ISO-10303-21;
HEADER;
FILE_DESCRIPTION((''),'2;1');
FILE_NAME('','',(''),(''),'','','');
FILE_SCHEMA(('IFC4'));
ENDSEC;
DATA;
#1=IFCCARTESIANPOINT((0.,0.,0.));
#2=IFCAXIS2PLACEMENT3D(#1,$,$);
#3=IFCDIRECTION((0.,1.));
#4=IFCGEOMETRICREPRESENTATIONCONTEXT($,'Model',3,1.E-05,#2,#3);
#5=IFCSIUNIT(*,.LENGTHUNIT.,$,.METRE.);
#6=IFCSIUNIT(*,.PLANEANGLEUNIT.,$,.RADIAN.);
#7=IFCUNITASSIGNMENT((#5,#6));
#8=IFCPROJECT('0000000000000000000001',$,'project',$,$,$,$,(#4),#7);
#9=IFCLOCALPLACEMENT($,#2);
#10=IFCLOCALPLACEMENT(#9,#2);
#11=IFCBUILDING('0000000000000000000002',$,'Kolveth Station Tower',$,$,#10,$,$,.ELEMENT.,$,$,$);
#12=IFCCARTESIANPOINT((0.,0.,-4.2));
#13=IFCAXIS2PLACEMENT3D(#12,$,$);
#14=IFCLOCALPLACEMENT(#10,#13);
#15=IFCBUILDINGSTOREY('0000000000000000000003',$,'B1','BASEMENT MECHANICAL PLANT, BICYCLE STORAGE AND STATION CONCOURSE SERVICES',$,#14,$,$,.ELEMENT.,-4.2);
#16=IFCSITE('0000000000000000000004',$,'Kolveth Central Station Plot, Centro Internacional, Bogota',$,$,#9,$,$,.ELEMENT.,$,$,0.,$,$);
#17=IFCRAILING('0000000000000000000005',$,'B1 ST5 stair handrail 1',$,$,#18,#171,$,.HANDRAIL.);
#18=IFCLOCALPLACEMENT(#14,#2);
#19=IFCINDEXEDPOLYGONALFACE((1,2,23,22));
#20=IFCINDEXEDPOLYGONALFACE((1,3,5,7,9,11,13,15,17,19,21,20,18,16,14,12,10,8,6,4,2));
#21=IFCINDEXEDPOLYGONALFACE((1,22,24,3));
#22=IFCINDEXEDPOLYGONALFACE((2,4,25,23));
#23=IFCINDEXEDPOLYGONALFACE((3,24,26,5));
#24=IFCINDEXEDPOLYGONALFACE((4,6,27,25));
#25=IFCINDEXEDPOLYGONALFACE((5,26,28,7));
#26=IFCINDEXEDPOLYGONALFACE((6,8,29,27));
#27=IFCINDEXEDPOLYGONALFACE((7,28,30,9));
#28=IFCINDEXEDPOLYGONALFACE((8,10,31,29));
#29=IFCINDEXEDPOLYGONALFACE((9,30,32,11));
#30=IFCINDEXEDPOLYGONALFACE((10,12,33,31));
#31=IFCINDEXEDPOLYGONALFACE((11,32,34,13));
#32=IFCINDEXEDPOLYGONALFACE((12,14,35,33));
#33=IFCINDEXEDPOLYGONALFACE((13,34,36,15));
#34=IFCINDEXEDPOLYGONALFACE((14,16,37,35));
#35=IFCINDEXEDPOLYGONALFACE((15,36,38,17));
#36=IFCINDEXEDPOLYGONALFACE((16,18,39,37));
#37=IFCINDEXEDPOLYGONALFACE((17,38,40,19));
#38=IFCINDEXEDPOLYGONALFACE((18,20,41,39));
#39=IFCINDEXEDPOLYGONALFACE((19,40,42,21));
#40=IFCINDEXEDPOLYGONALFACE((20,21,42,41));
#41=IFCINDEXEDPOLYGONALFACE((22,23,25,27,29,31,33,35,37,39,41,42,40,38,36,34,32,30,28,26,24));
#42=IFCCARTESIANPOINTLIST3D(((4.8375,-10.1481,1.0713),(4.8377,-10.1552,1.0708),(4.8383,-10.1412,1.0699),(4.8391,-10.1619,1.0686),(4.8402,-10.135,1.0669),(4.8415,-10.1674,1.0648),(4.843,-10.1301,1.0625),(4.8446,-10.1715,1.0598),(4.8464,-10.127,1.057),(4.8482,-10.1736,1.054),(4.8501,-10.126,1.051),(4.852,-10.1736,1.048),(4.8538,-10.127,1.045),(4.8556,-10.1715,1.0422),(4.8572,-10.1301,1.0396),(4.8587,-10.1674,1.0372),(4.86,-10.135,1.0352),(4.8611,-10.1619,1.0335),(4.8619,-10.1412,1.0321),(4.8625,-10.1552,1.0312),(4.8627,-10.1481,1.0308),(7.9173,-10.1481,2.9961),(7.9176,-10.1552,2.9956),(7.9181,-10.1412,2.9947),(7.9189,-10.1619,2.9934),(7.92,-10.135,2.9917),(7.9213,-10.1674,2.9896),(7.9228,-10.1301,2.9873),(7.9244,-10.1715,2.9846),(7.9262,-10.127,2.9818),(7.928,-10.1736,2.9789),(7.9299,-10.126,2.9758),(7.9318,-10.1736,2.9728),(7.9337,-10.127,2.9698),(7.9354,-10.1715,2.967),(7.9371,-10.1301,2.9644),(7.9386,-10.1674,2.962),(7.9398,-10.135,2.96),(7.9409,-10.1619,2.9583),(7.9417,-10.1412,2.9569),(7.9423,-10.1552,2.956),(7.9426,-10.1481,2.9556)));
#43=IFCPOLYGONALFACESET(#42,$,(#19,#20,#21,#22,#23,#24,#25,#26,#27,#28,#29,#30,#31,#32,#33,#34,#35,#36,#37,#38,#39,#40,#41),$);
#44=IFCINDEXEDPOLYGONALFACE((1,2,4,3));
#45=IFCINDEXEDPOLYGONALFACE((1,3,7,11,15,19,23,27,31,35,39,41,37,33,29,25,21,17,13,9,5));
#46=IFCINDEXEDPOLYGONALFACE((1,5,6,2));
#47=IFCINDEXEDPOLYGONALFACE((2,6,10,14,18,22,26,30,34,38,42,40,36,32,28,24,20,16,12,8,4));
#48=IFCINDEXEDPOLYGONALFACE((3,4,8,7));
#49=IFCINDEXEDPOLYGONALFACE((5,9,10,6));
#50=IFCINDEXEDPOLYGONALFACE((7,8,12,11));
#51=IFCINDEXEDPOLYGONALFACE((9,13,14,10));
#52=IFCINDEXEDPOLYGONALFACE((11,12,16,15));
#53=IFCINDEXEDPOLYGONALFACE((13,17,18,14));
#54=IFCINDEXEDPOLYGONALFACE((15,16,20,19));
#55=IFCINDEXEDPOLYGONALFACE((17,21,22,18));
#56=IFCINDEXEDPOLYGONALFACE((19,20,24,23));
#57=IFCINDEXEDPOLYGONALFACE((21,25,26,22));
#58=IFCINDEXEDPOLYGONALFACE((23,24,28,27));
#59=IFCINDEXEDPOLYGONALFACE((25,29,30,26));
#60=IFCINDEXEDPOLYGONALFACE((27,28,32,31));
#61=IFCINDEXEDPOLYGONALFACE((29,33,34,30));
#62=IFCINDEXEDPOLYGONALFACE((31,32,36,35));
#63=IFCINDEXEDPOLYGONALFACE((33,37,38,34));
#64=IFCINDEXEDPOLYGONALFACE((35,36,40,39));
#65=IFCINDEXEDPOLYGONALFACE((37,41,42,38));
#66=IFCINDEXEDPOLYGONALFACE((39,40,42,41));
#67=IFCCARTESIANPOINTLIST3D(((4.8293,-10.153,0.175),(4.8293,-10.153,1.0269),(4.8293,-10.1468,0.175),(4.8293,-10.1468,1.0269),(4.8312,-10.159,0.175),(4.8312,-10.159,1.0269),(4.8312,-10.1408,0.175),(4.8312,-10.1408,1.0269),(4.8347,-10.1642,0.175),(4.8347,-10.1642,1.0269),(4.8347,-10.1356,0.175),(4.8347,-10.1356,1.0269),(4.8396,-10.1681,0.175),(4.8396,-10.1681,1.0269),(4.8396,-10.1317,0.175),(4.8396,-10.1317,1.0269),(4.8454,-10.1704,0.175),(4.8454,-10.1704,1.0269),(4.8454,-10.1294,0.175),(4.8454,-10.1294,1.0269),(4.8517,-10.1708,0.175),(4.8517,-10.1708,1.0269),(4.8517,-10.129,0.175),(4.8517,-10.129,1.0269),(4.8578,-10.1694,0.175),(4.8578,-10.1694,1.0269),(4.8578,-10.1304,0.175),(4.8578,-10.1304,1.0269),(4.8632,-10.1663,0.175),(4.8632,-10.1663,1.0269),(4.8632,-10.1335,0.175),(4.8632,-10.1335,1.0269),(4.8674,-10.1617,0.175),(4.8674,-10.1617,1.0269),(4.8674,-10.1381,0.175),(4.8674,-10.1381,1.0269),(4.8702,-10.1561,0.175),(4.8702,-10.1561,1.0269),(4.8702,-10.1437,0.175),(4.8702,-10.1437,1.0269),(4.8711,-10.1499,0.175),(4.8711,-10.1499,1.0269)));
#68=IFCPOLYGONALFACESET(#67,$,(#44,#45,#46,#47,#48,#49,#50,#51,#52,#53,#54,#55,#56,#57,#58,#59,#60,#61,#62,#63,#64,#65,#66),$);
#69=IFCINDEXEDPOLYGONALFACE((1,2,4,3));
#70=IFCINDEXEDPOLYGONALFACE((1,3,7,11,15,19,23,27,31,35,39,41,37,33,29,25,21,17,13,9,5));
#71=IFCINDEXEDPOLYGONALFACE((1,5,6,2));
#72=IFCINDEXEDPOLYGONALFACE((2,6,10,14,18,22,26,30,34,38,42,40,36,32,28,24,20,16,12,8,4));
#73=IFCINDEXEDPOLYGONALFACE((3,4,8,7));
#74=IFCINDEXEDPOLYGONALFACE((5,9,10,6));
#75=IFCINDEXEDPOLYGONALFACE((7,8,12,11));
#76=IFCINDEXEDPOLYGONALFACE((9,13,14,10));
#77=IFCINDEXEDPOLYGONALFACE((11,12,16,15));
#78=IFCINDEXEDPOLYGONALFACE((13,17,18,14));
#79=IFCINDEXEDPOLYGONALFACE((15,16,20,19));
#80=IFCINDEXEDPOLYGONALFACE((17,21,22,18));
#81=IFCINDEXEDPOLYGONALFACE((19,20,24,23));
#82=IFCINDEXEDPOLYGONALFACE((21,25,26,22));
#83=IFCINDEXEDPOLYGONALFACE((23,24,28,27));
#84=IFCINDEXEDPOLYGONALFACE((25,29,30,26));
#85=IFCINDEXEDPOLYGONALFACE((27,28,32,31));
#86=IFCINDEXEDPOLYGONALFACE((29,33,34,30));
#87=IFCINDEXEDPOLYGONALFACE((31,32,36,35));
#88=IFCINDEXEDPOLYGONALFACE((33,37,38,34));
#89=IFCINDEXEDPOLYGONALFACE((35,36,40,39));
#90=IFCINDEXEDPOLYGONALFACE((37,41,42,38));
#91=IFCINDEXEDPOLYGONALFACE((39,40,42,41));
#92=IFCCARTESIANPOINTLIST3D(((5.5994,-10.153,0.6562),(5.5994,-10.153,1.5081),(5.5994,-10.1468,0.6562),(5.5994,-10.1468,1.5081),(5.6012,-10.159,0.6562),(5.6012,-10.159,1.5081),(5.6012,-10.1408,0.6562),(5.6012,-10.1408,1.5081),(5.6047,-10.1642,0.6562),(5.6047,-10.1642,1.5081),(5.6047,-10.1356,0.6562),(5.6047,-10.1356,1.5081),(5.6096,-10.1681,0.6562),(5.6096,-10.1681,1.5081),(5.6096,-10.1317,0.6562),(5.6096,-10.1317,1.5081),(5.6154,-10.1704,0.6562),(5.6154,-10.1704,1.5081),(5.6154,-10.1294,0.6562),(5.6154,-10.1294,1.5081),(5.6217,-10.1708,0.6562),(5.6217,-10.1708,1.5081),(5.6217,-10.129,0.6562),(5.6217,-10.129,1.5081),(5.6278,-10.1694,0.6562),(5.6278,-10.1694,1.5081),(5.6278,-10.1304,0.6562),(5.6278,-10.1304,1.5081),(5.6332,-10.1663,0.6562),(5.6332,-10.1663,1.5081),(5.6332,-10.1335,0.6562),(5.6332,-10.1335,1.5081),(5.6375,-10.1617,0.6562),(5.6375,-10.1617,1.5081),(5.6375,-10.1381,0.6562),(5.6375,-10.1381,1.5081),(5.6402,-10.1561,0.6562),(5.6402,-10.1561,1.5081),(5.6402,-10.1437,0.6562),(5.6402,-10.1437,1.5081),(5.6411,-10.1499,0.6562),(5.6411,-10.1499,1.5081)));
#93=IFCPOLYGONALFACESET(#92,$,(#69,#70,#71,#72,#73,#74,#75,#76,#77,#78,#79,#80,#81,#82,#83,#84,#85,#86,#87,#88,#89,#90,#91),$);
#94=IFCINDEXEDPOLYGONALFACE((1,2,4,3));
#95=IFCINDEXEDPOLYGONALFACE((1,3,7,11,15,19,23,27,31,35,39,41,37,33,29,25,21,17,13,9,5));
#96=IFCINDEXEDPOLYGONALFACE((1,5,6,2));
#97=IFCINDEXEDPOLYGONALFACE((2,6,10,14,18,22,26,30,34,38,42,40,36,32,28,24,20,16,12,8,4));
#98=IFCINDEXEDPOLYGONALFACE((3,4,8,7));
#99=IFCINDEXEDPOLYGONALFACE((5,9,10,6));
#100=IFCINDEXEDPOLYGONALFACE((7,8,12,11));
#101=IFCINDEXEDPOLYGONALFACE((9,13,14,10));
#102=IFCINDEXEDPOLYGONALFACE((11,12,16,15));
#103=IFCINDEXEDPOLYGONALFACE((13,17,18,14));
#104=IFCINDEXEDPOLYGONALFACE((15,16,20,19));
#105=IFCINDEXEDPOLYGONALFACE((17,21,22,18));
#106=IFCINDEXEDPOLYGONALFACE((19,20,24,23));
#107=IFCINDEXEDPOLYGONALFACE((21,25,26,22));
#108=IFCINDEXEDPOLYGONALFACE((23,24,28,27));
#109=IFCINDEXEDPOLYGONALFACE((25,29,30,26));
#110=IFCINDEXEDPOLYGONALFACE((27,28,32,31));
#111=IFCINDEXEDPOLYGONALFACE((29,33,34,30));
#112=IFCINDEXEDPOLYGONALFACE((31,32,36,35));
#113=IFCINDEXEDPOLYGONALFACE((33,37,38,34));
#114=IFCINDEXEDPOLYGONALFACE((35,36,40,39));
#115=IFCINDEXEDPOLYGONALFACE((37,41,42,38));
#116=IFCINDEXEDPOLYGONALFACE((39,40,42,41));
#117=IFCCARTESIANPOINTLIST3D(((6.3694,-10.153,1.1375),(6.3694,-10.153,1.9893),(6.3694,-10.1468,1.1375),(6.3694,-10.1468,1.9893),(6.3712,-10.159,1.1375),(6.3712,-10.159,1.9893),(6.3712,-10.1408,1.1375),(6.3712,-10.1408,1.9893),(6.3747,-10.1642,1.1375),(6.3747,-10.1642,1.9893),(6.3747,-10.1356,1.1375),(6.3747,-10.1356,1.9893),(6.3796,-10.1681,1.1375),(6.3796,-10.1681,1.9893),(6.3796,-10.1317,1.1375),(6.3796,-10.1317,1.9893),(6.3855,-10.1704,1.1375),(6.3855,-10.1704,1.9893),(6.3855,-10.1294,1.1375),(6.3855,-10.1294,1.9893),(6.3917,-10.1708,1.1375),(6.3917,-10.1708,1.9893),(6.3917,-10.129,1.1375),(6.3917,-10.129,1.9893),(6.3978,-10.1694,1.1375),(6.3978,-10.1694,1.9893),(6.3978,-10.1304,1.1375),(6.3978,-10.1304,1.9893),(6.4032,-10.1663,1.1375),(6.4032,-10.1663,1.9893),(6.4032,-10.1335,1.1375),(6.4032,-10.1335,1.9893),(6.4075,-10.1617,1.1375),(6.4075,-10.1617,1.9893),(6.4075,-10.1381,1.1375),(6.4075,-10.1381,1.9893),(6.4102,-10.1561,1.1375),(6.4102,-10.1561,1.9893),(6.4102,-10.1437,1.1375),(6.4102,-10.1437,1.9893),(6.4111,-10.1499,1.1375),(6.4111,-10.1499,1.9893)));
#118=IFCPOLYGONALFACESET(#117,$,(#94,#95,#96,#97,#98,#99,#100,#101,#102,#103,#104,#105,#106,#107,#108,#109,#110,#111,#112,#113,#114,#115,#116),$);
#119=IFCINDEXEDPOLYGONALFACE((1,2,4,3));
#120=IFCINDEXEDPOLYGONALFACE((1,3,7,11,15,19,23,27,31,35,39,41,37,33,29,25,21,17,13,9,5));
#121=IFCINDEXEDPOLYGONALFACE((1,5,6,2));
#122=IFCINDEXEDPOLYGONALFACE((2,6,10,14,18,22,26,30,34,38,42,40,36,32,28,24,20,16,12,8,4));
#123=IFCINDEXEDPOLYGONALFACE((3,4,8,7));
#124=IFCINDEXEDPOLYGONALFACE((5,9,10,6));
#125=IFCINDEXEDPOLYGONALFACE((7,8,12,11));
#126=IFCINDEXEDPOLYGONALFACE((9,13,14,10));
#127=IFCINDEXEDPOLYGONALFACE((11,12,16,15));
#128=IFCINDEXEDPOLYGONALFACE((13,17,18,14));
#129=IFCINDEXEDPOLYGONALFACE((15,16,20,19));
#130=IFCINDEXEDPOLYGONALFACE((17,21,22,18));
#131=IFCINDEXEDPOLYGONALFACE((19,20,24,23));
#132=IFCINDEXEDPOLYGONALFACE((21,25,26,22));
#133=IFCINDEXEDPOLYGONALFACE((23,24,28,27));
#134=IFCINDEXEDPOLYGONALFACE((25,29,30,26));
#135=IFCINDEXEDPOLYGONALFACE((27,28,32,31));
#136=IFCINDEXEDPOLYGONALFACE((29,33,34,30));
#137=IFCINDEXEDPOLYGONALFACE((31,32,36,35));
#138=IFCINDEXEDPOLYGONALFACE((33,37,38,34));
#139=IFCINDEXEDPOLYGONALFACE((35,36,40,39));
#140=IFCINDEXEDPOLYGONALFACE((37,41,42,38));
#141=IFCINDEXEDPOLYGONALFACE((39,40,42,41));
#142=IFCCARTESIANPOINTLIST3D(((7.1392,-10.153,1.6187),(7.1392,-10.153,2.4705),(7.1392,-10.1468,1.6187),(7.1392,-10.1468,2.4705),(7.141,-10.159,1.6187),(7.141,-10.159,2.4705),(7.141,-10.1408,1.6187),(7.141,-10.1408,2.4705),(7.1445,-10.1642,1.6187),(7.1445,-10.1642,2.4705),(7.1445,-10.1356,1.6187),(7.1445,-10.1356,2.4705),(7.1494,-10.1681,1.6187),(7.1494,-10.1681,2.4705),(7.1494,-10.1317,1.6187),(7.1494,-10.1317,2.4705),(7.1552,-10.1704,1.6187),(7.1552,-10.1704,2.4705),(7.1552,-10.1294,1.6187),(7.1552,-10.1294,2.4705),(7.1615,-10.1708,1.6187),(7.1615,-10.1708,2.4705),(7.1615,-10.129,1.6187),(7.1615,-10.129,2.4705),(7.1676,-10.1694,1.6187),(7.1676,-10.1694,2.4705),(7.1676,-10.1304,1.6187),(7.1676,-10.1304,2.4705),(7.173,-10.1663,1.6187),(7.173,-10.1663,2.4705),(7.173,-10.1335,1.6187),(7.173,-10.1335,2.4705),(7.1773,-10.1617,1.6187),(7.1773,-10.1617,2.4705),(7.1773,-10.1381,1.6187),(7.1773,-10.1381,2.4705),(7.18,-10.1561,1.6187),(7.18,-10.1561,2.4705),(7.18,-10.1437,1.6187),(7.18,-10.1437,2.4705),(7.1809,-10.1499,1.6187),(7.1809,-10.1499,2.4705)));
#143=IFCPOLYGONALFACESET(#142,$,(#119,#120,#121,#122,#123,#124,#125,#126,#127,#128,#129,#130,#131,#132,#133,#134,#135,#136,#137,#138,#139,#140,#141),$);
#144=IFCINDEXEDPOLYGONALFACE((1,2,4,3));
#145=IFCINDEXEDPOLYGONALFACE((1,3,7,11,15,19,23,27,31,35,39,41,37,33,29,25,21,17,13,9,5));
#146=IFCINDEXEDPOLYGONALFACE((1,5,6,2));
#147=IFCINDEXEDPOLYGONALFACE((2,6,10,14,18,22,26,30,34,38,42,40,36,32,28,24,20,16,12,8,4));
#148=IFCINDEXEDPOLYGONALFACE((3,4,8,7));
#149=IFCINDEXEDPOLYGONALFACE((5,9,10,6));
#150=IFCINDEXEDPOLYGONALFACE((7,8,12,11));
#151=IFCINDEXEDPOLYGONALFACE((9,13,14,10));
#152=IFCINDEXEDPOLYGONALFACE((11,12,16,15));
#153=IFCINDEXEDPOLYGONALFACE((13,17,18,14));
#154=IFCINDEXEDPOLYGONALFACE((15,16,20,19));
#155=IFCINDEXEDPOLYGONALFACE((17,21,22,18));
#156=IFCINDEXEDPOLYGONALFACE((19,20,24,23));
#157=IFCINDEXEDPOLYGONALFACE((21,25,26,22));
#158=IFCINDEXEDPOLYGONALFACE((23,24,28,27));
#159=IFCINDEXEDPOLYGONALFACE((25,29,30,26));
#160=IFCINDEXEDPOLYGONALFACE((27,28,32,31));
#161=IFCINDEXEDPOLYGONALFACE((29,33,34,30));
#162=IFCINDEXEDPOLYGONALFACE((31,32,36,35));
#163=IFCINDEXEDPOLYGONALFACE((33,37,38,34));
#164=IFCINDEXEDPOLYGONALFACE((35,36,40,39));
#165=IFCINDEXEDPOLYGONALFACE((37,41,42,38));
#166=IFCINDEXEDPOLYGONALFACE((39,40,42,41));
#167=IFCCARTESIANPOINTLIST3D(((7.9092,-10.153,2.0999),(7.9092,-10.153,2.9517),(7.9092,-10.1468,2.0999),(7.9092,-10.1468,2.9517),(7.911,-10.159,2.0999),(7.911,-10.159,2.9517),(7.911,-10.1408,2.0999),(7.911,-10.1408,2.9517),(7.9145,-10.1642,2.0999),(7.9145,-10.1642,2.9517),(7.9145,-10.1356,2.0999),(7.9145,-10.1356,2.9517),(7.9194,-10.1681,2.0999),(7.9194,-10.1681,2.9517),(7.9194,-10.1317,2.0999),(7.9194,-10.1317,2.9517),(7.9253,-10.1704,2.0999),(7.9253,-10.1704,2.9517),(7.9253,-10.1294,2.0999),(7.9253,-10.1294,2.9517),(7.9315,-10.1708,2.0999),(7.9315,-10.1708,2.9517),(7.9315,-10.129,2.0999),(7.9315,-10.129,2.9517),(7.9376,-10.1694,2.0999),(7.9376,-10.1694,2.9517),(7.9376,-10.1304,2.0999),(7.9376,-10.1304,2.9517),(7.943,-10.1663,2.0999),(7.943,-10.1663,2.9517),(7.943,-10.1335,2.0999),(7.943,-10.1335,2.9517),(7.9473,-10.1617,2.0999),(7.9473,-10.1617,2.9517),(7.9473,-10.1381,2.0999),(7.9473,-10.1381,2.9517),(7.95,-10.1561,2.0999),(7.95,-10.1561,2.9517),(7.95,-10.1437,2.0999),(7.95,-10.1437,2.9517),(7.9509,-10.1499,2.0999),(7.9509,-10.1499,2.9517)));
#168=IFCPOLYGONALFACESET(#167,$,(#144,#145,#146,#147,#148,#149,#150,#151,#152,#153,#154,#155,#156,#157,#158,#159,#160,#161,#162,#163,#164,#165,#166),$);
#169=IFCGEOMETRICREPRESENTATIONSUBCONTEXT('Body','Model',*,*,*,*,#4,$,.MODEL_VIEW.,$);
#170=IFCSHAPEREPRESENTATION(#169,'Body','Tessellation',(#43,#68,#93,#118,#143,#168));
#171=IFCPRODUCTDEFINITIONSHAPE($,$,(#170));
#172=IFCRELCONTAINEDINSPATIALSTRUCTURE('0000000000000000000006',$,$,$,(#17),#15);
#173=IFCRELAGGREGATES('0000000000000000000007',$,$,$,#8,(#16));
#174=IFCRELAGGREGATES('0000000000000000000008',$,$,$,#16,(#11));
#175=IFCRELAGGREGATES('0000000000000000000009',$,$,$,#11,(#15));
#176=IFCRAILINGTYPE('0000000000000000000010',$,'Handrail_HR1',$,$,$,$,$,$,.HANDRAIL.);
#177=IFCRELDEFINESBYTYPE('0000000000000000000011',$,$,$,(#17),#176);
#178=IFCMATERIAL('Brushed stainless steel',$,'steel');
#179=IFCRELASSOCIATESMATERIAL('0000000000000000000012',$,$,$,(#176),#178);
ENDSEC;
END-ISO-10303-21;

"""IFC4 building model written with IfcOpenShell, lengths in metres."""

from ifc_helpers import new_model, si_unit, direction, frame, origin, origin_2d, place, context, subcontext, project, spatial, circle, extrude, material, type_object, element, save


model = new_model("IFC4")

# Units and contexts
model_context = context("Model", 3, precision=1e-05, world=origin(), true_north=direction((0.0, 1.0)))
body_context = subcontext(model_context, "Body", "Model", "MODEL_VIEW")
ifc_project = project(units=[si_unit("LENGTHUNIT", "METRE"), si_unit("PLANEANGLEUNIT", "RADIAN")], contexts=[model_context])

# Site, building, storey
site_placement = place(None, origin())
site = spatial("IfcSite", under=ifc_project, at=site_placement, Name="Kolveth Central Station Plot, Centro Internacional, Bogota", CompositionType="ELEMENT", RefElevation=0.0)
building_placement = place(site_placement, origin())
building = spatial("IfcBuilding", under=site, at=building_placement, Name="Kolveth Station Tower", CompositionType="ELEMENT")
storey_placement = place(building_placement, frame((0.0, 0.0, -4.2)))
storey = spatial("IfcBuildingStorey", under=building, at=storey_placement, Name="B1", Description="BASEMENT MECHANICAL PLANT, BICYCLE STORAGE AND STATION CONCOURSE SERVICES", CompositionType="ELEMENT", Elevation=-4.2)

# Railing
ifc_material_1 = material(Name="Brushed stainless steel", Category="steel")
railing_type_1 = type_object("IfcRailingType", Name="Handrail_HR1", PredefinedType="HANDRAIL", material=ifc_material_1)
railing_1_placement = place(storey_placement, frame((4.8501, -10.1499, 0.175)))
element("IfcRailing", 1, at=railing_1_placement, inside=storey, type_object=railing_type_1, Name="B1 ST5 stair handrail 1", PredefinedType="HANDRAIL", context=body_context, shape_type="SweptSolid", body=[
    extrude(circle(Radius=0.0239, at=origin_2d()), frame((0.0, 0.0, 0.876), z_axis=(0.84801, 0.0, 0.529981), x_axis=(0.0, 1.0, 0.0)), (0.0, 0.0, 1.0), 3.6318),
    extrude(circle(Radius=0.021, at=origin_2d()), origin(), (0.0, 0.0, 1.0), 0.8518),
    extrude(circle(Radius=0.021, at=origin_2d()), frame((0.77, 0.0, 0.4812)), (0.0, 0.0, 1.0), 0.8518),
    extrude(circle(Radius=0.021, at=origin_2d()), frame((1.54, 0.0, 0.9624)), (0.0, 0.0, 1.0), 0.8518),
    extrude(circle(Radius=0.021, at=origin_2d()), frame((2.3098, 0.0, 1.4436)), (0.0, 0.0, 1.0), 0.8518),
    extrude(circle(Radius=0.021, at=origin_2d()), frame((3.0798, 0.0, 1.9248)), (0.0, 0.0, 1.0), 0.8518),
])

save(model, "model.ifc")
